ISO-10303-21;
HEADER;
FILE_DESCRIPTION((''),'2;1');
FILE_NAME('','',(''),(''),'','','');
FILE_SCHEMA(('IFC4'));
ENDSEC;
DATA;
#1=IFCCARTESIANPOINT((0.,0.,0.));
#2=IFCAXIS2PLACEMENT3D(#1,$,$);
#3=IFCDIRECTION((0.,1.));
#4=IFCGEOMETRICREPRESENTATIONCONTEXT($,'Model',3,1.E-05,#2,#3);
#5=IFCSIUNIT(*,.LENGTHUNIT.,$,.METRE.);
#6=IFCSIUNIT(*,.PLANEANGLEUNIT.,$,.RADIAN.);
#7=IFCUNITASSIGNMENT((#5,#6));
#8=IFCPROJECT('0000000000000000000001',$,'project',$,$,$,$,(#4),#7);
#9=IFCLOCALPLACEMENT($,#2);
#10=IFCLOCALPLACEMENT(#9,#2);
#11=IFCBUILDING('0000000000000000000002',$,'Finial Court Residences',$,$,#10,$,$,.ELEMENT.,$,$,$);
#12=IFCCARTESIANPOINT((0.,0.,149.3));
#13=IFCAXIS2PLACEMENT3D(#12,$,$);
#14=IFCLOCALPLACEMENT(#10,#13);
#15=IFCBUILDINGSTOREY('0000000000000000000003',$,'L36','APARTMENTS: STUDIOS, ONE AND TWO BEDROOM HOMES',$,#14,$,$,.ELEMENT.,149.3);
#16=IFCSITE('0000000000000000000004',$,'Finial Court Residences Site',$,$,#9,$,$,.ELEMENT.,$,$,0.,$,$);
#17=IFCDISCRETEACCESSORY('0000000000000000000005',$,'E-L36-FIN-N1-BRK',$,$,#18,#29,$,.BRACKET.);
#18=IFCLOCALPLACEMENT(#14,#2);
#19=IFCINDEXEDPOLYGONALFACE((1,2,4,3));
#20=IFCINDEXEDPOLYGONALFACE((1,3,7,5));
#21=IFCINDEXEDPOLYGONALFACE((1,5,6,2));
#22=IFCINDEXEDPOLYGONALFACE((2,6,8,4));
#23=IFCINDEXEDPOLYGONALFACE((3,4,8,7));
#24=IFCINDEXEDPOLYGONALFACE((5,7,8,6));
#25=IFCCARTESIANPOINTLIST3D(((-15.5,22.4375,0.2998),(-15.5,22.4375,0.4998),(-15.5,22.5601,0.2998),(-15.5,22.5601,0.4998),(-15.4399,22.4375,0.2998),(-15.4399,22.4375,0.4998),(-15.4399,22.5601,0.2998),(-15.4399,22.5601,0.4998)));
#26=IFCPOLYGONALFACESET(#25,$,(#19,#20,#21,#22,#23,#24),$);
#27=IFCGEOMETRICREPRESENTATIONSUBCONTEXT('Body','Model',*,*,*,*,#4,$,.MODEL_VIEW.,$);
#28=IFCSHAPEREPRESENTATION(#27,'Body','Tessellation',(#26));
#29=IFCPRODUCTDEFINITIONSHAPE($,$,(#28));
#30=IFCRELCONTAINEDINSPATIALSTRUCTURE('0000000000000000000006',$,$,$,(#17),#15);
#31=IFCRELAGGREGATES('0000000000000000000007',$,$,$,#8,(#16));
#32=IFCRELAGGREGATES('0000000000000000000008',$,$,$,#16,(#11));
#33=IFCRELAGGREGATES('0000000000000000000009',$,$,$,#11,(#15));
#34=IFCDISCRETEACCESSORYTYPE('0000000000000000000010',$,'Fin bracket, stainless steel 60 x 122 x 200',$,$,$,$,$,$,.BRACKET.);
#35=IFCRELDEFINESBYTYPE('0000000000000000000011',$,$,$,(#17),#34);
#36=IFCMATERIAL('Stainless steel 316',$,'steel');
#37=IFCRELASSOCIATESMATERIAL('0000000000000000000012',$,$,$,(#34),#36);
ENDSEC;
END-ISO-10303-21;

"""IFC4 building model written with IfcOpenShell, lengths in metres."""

from ifc_helpers import new_model, si_unit, direction, frame, origin, origin_2d, place, context, subcontext, project, spatial, rectangle, extrude, material, type_object, element, save


model = new_model("IFC4")

# Units and contexts
model_context = context("Model", 3, precision=1e-05, world=origin(), true_north=direction((0.0, 1.0)))
body_context = subcontext(model_context, "Body", "Model", "MODEL_VIEW")
ifc_project = project(units=[si_unit("LENGTHUNIT", "METRE"), si_unit("PLANEANGLEUNIT", "RADIAN")], contexts=[model_context])

# Site, building, storey
site_placement = place(None, origin())
site = spatial("IfcSite", under=ifc_project, at=site_placement, Name="Finial Court Residences Site", CompositionType="ELEMENT", RefElevation=0.0)
building_placement = place(site_placement, origin())
building = spatial("IfcBuilding", under=site, at=building_placement, Name="Finial Court Residences", CompositionType="ELEMENT")
storey_placement = place(building_placement, frame((0.0, 0.0, 149.3)))
storey = spatial("IfcBuildingStorey", under=building, at=storey_placement, Name="L36", Description="APARTMENTS: STUDIOS, ONE AND TWO BEDROOM HOMES", CompositionType="ELEMENT", Elevation=149.3)

# Discrete accessory
ifc_material_1 = material(Name="Stainless steel 316", Category="steel")
discrete_accessory_type = type_object("IfcDiscreteAccessoryType", Name="Fin bracket, stainless steel 60 x 122 x 200", PredefinedType="BRACKET", material=ifc_material_1)
discrete_accessory_placement = place(storey_placement, frame((-15.47, 22.4988, 0.2998), z_axis=(0.0, 0.0, 1.0), x_axis=(1.0, 0.0, 0.0)))
element("IfcDiscreteAccessory", 1, at=discrete_accessory_placement, inside=storey, type_object=discrete_accessory_type, Name="E-L36-FIN-N1-BRK", PredefinedType="BRACKET", context=body_context, shape_type="SweptSolid", body=[
    extrude(rectangle(XDim=0.0601, YDim=0.1226, at=origin_2d()), origin(), (0.0, 0.0, 1.0), 0.2),
])

save(model, "model.ifc")
